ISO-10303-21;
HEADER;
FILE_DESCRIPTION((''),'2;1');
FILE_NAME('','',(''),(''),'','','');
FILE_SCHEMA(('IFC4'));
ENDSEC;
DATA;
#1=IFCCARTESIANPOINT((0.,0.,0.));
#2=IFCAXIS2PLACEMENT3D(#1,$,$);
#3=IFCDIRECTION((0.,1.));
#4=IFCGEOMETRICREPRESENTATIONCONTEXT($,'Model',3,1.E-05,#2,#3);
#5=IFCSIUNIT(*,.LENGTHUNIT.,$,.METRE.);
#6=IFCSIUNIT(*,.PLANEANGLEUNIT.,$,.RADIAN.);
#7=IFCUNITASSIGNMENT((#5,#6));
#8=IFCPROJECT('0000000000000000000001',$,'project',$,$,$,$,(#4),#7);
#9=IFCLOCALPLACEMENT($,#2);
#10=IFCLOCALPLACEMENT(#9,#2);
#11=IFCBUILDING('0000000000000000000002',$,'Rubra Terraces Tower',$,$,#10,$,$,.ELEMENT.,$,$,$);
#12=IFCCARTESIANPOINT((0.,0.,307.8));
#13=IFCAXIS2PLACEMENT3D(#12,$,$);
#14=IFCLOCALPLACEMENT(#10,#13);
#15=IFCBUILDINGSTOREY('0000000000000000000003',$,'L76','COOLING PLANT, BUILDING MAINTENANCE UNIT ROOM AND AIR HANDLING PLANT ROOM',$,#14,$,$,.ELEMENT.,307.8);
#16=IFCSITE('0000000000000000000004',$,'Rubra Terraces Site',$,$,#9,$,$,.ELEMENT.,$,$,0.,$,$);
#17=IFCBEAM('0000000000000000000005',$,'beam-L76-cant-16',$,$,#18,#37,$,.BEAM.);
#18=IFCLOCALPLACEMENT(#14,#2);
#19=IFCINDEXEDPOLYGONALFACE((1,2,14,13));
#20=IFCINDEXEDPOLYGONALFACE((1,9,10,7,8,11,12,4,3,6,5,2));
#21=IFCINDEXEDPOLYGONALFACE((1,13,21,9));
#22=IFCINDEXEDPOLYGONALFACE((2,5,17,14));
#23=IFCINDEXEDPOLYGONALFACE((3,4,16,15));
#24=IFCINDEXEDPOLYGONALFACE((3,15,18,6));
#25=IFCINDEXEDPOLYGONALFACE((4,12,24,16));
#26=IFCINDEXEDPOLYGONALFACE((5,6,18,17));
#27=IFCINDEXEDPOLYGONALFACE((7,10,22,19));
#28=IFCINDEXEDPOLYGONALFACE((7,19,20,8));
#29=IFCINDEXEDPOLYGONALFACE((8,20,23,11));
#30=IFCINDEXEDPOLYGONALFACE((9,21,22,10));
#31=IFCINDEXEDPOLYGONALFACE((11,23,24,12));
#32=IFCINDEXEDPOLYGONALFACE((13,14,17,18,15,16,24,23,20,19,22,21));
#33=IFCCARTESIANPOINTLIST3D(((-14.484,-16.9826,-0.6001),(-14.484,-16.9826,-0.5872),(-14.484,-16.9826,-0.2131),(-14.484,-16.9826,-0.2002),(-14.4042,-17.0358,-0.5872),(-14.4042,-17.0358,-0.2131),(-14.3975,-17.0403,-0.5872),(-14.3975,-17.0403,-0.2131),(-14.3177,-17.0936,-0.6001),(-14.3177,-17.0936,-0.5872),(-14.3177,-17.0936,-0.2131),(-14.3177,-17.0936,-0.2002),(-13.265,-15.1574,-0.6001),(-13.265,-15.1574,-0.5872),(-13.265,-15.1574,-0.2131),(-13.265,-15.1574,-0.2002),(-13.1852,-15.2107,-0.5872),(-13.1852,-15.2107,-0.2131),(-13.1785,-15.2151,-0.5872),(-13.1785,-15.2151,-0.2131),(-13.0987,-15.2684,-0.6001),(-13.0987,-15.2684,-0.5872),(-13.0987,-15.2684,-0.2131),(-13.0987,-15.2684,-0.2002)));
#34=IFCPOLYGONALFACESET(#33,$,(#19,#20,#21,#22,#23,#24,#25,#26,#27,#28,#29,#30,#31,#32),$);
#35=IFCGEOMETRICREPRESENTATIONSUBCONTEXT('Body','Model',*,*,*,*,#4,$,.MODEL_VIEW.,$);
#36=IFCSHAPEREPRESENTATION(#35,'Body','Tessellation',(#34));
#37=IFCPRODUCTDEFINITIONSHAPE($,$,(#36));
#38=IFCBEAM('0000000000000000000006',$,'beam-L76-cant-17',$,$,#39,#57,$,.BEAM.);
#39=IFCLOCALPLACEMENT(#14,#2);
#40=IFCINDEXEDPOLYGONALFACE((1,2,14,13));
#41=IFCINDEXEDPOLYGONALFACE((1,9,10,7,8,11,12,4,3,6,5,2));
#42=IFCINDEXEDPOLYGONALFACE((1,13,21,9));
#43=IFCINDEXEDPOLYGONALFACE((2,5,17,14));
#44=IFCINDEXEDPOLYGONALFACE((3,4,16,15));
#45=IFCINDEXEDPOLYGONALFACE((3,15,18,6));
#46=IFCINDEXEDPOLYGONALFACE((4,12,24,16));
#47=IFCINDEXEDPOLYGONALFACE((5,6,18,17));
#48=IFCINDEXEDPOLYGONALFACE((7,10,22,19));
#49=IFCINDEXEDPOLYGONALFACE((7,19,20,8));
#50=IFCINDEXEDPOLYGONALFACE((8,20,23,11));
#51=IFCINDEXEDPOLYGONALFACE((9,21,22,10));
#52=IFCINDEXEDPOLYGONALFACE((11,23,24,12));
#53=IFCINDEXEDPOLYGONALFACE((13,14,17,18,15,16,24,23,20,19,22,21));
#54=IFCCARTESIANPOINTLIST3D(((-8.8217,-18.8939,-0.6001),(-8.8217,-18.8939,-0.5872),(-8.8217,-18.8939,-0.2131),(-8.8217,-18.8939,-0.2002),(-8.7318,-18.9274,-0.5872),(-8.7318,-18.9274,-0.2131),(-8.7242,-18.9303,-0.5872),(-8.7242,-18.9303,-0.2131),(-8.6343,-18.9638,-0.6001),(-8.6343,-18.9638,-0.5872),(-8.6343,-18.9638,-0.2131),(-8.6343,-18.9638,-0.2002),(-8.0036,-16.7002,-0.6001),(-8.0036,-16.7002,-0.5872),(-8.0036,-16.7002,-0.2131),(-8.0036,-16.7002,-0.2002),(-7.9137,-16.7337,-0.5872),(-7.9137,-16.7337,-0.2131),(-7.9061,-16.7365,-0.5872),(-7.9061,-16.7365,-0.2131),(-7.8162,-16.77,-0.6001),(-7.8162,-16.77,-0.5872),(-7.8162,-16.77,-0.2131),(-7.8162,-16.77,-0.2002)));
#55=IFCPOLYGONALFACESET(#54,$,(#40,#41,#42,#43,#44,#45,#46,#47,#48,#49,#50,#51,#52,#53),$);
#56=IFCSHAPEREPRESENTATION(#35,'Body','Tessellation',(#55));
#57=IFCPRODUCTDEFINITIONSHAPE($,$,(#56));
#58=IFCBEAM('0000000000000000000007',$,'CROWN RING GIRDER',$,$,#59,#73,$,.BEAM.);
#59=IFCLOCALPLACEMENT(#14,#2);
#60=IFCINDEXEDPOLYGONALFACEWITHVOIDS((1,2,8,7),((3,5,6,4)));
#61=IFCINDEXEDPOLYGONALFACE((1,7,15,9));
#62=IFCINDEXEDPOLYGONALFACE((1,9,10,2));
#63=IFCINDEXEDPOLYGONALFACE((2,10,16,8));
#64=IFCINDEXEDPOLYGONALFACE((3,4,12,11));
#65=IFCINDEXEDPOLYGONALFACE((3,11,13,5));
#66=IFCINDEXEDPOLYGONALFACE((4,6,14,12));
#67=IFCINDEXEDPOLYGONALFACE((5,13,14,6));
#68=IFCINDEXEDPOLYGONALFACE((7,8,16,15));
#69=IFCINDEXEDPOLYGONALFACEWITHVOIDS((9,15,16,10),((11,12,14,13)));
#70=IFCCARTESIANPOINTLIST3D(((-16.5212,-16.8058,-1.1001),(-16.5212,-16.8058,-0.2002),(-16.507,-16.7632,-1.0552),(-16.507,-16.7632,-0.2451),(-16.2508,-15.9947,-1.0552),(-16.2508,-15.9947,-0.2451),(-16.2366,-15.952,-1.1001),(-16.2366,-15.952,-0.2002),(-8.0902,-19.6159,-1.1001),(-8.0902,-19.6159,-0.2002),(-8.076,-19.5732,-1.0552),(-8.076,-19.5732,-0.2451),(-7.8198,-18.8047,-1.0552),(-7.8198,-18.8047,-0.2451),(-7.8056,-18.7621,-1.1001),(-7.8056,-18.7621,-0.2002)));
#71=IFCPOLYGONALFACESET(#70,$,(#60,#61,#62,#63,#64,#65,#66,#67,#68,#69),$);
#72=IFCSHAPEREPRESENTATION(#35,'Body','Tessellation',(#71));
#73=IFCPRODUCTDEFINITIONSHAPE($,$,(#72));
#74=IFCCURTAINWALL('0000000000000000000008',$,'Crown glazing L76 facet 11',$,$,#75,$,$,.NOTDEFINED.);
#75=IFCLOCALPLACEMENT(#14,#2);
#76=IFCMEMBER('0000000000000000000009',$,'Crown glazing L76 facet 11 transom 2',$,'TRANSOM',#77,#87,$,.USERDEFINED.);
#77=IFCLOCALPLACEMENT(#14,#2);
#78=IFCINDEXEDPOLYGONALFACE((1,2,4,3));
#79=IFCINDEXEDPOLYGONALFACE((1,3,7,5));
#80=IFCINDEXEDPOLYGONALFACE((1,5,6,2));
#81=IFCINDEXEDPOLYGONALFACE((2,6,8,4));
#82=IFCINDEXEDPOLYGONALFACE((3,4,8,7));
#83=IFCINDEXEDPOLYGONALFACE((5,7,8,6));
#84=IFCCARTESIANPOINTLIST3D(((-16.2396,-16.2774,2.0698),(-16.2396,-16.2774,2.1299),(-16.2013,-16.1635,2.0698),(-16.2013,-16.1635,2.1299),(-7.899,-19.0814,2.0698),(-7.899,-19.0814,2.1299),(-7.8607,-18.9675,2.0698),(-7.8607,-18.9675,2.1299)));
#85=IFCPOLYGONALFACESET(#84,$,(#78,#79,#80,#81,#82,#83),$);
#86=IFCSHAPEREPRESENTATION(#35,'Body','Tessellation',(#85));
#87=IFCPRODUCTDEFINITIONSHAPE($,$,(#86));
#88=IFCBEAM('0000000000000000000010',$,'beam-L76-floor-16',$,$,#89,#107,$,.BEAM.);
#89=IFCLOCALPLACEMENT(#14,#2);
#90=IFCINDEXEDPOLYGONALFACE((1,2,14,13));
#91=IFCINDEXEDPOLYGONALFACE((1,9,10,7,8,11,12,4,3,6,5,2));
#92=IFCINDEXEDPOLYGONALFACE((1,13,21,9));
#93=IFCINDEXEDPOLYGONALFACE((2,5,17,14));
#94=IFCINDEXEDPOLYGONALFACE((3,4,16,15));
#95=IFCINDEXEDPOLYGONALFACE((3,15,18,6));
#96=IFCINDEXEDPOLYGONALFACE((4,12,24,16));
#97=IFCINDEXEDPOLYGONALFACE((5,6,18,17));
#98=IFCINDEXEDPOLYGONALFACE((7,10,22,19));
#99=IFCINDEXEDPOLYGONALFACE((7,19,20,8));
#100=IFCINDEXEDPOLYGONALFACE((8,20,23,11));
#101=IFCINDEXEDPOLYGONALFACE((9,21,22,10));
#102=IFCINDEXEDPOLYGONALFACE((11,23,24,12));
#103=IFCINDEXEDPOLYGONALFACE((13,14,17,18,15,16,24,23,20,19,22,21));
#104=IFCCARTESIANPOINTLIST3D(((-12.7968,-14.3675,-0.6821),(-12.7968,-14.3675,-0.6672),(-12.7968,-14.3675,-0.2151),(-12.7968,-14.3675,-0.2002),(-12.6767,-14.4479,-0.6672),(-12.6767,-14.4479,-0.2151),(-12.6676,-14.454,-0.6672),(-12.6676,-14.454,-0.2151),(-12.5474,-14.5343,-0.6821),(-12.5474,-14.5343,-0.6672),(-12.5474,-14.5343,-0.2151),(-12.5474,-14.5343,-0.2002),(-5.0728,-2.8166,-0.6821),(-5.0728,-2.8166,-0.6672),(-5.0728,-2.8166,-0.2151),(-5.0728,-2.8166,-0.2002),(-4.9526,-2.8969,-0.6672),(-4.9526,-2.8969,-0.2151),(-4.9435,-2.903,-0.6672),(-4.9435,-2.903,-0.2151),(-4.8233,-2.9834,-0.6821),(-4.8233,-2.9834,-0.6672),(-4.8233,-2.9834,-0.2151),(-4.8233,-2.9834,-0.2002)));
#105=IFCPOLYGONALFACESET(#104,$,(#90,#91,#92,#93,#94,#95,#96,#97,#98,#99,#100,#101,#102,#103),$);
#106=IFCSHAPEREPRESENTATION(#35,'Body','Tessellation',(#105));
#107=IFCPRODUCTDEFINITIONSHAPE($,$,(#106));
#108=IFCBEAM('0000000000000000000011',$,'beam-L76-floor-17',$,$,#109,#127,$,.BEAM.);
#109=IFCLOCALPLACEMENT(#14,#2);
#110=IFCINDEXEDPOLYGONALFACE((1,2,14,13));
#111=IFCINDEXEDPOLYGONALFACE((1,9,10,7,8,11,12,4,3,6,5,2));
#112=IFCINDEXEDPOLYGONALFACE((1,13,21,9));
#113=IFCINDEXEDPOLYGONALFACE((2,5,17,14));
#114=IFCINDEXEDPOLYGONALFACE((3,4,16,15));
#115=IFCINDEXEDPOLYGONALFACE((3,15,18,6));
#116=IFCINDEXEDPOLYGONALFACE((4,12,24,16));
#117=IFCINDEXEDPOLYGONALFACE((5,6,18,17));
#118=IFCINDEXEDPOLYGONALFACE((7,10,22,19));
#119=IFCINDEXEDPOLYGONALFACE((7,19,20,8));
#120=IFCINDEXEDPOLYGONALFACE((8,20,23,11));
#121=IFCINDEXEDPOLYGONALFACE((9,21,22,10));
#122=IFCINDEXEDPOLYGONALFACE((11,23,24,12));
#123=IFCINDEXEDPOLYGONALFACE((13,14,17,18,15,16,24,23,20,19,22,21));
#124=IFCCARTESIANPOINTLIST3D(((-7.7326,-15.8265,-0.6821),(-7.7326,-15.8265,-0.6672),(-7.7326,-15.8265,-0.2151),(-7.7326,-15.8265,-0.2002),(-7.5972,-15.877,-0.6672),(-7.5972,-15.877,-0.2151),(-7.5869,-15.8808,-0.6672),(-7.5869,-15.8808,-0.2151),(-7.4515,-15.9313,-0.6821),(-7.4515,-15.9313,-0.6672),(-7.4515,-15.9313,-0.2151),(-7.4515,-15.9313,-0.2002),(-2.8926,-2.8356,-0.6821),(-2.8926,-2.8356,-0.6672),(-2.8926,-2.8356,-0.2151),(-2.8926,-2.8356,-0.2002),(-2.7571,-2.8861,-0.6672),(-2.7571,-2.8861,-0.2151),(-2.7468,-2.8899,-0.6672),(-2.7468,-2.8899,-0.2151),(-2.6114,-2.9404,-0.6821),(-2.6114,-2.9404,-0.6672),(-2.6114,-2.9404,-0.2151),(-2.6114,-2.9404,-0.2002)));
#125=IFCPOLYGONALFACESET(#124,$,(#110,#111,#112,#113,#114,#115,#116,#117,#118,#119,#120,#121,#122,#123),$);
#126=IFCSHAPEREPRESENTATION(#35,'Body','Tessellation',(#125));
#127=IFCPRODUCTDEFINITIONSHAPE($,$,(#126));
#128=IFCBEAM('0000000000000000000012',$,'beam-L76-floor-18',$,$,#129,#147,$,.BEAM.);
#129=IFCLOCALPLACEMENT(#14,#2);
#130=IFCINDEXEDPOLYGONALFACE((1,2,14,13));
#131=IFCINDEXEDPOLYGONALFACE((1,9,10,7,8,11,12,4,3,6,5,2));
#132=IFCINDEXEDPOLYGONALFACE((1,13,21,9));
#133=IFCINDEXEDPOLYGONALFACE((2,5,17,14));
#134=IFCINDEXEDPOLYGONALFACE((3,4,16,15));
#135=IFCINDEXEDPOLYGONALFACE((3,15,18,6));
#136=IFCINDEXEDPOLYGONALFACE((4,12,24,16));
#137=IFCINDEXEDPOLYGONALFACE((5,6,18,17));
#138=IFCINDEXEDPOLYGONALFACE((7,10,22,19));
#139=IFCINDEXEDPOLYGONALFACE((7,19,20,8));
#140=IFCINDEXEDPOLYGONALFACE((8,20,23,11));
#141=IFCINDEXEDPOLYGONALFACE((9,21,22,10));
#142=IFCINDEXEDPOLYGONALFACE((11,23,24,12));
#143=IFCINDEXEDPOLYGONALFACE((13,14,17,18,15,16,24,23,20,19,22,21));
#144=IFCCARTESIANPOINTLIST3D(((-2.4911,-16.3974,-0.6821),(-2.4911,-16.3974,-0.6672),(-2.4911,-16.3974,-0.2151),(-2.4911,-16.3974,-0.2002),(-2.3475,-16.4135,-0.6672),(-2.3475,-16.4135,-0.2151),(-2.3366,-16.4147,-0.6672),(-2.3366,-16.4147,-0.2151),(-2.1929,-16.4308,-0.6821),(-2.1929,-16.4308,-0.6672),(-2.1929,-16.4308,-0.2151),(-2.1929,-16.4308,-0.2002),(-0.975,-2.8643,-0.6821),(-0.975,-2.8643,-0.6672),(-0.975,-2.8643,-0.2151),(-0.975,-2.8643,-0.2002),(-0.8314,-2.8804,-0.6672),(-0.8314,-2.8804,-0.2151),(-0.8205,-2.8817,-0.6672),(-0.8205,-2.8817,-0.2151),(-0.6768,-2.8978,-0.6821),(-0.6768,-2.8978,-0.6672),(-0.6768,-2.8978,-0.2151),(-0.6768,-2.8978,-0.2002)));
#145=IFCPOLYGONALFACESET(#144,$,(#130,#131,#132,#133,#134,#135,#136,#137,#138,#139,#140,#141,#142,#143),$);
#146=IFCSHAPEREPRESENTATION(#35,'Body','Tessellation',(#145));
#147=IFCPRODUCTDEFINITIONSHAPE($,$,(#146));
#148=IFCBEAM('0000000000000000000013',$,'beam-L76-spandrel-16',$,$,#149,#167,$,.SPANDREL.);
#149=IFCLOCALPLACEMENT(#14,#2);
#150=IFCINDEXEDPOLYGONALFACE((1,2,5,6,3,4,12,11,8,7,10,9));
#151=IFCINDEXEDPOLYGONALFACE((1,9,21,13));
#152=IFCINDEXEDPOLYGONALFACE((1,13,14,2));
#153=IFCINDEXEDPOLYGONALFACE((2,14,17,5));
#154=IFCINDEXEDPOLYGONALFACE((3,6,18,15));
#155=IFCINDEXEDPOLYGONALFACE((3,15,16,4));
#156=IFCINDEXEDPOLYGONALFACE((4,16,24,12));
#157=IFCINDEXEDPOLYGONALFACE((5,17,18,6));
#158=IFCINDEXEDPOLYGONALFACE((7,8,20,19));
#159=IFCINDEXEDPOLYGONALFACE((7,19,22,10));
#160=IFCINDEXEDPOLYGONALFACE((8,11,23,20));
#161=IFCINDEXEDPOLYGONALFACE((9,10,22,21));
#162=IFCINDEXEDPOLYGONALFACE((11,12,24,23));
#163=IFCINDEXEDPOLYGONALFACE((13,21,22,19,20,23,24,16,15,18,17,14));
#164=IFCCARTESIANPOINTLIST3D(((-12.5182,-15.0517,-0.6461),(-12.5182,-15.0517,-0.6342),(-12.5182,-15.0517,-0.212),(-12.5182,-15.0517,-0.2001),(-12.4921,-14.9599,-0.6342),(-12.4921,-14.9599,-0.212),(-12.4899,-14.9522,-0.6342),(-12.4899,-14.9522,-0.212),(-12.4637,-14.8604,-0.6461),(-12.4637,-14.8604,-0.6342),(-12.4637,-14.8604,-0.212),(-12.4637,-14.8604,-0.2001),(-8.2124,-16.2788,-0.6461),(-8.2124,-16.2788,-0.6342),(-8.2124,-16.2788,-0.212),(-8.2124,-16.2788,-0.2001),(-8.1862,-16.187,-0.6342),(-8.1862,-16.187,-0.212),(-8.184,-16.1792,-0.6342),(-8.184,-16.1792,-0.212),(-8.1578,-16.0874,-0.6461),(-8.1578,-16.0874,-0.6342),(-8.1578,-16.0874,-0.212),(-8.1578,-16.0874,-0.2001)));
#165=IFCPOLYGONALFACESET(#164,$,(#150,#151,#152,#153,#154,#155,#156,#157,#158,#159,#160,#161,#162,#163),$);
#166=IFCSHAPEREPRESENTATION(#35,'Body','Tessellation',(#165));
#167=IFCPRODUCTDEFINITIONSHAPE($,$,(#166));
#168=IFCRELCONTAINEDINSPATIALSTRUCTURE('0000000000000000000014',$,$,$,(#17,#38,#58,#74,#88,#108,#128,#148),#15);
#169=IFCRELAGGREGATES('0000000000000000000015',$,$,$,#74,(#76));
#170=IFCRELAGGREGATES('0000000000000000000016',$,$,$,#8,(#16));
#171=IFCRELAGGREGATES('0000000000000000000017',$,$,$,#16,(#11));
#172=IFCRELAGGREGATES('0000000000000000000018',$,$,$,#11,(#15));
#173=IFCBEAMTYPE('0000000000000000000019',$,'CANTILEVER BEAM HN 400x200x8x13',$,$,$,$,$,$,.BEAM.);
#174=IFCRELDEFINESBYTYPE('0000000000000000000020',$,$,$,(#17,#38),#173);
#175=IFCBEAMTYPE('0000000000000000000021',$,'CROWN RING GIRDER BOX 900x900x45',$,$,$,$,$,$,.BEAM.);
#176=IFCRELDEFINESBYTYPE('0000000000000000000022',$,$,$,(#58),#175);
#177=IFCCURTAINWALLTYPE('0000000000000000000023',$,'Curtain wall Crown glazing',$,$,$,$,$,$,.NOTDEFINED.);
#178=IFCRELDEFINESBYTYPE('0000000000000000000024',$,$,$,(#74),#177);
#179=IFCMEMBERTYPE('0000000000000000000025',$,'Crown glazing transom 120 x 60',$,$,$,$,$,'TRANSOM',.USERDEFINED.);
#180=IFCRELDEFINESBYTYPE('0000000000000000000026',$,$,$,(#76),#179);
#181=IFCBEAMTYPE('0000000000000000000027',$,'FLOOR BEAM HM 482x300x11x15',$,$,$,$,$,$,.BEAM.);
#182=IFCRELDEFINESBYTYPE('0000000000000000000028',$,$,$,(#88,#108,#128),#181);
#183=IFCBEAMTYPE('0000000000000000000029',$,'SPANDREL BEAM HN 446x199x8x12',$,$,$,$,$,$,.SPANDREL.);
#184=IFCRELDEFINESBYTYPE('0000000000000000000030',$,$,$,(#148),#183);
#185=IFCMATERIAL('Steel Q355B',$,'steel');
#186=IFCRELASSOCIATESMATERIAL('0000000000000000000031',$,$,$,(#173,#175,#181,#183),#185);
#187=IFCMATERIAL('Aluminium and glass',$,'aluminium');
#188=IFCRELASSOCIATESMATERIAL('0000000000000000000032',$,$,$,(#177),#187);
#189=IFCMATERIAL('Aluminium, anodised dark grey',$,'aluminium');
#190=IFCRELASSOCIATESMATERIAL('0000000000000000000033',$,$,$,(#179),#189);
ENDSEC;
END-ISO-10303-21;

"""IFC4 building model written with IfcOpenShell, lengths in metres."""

from ifc_helpers import new_model, si_unit, direction, frame, origin, origin_2d, place, context, subcontext, project, spatial, rectangle, hollow_rectangle, i_section, extrude, material, material_profile, profile_set, type_object, element, aggregate, save


model = new_model("IFC4")

# Units and contexts
model_context = context("Model", 3, precision=1e-05, world=origin(), true_north=direction((0.0, 1.0)))
body_context = subcontext(model_context, "Body", "Model", "MODEL_VIEW")
ifc_project = project(units=[si_unit("LENGTHUNIT", "METRE"), si_unit("PLANEANGLEUNIT", "RADIAN")], contexts=[model_context])

# Site, building, storey
site_placement = place(None, origin())
site = spatial("IfcSite", under=ifc_project, at=site_placement, Name="Rubra Terraces Site", CompositionType="ELEMENT", RefElevation=0.0)
building_placement = place(site_placement, origin())
building = spatial("IfcBuilding", under=site, at=building_placement, Name="Rubra Terraces Tower", CompositionType="ELEMENT")
storey_placement = place(building_placement, frame((0.0, 0.0, 307.8)))
storey = spatial("IfcBuildingStorey", under=building, at=storey_placement, Name="L76", Description="COOLING PLANT, BUILDING MAINTENANCE UNIT ROOM AND AIR HANDLING PLANT ROOM", CompositionType="ELEMENT", Elevation=307.8)

# Beams
ifc_material_1 = material(Name="Steel Q355B", Category="steel")
ifc_material_profile_1 = material_profile(ifc_material_1, i_section(OverallWidth=0.2, OverallDepth=0.3999, WebThickness=0.0081, FlangeThickness=0.0129, at=origin_2d()), Name="HN 400x200x8x13")
ifc_profile_set_1 = profile_set([ifc_material_profile_1], Name="Steel Q355B")
beam_type_1 = type_object("IfcBeamType", Name="CANTILEVER BEAM HN 400x200x8x13", PredefinedType="BEAM", material=ifc_profile_set_1)
beam_1_placement = place(storey_placement, frame((-13.1819, -15.2129, -0.4001), z_axis=(-0.555393, -0.831588, 0.0), x_axis=(0.831588, -0.555393, 0.0)))
element("IfcBeam", 1, at=beam_1_placement, inside=storey, type_object=beam_type_1, Name="beam-L76-cant-16", PredefinedType="BEAM", context=body_context, shape_type="SweptSolid", body=[
    extrude(i_section(OverallWidth=0.2, OverallDepth=0.3999, WebThickness=0.0081, FlangeThickness=0.0129, at=origin_2d()), origin(), (0.0, 0.0, 1.0), 2.1948),
])
beam_2_placement = place(storey_placement, frame((-7.9099, -16.7351, -0.4001), z_axis=(-0.349409, -0.93697, 0.0), x_axis=(0.93697, -0.349409, 0.0)))
element("IfcBeam", 2, at=beam_2_placement, inside=storey, type_object=beam_type_1, Name="beam-L76-cant-17", PredefinedType="BEAM", context=body_context, shape_type="SweptSolid", body=[
    extrude(i_section(OverallWidth=0.2, OverallDepth=0.3999, WebThickness=0.0081, FlangeThickness=0.0129, at=origin_2d()), origin(), (0.0, 0.0, 1.0), 2.3413),
])
ifc_material_profile_2 = material_profile(ifc_material_1, hollow_rectangle(XDim=0.8999, YDim=0.8999, WallThickness=0.0449, at=origin_2d()), Name="BOX 900x900x45")
ifc_profile_set_2 = profile_set([ifc_material_profile_2], Name="Steel Q355B")
beam_type_2 = type_object("IfcBeamType", Name="CROWN RING GIRDER BOX 900x900x45", PredefinedType="BEAM", material=ifc_profile_set_2)
beam_3_placement = place(storey_placement, frame((-16.3789, -16.3789, -0.6501), z_axis=(0.948692, -0.316203, 0.0), x_axis=(0.316203, 0.948692, 0.0)))
element("IfcBeam", 3, at=beam_3_placement, inside=storey, type_object=beam_type_2, Name="CROWN RING GIRDER", PredefinedType="BEAM", context=body_context, shape_type="SweptSolid", body=[
    extrude(hollow_rectangle(XDim=0.8999, YDim=0.8999, WallThickness=0.0449, at=origin_2d()), origin(), (0.0, 0.0, 1.0), 8.887),
])

# Curtain wall, member
ifc_material_2 = material(Name="Aluminium and glass", Category="aluminium")
curtain_wall_type = type_object("IfcCurtainWallType", Name="Curtain wall Crown glazing", PredefinedType="NOTDEFINED", material=ifc_material_2)
curtain_wall_placement = place(storey_placement, origin())
curtain_wall = element("IfcCurtainWall", 4, at=curtain_wall_placement, inside=storey, type_object=curtain_wall_type, Name="Crown glazing L76 facet 11", PredefinedType="NOTDEFINED")
ifc_material_3 = material(Name="Aluminium, anodised dark grey", Category="aluminium")
ifc_material_profile_3 = material_profile(ifc_material_3, rectangle(XDim=0.1201, YDim=0.0601, at=origin_2d()), Name="AL 120x60")
ifc_profile_set_3 = profile_set([ifc_material_profile_3], Name="Aluminium, anodised dark grey")
member_type = type_object("IfcMemberType", Name="Crown glazing transom 120 x 60", ElementType="TRANSOM", PredefinedType="USERDEFINED", material=ifc_profile_set_3)
member_placement = place(storey_placement, frame((-16.2205, -16.2205, 2.0999), z_axis=(0.94787, -0.318657, 0.0), x_axis=(0.318657, 0.94787, 0.0)))
member = element("IfcMember", 5, at=member_placement, type_object=member_type, Name="Crown glazing L76 facet 11 transom 2", ObjectType="TRANSOM", PredefinedType="USERDEFINED", context=body_context, shape_type="SweptSolid", body=[
    extrude(rectangle(XDim=0.1201, YDim=0.0601, at=origin_2d()), origin(), (0.0, 0.0, 1.0), 8.7993),
])

# Beams
ifc_material_profile_4 = material_profile(ifc_material_1, i_section(OverallWidth=0.3, OverallDepth=0.4819, WebThickness=0.011, FlangeThickness=0.0149, at=origin_2d()), Name="HM 482x300x11x15")
ifc_profile_set_4 = profile_set([ifc_material_profile_4], Name="Steel Q355B")
beam_type_3 = type_object("IfcBeamType", Name="FLOOR BEAM HM 482x300x11x15", PredefinedType="BEAM", material=ifc_profile_set_4)
beam_4_placement = place(storey_placement, frame((-12.6721, -14.4509, -0.4412), z_axis=(0.555867, 0.831271, 0.0), x_axis=(-0.831271, 0.555867, 0.0)))
element("IfcBeam", 6, at=beam_4_placement, inside=storey, type_object=beam_type_3, Name="beam-L76-floor-16", PredefinedType="BEAM", context=body_context, shape_type="SweptSolid", body=[
    extrude(i_section(OverallWidth=0.3, OverallDepth=0.4819, WebThickness=0.011, FlangeThickness=0.0149, at=origin_2d()), origin(), (0.0, 0.0, 1.0), 13.8955),
])
beam_5_placement = place(storey_placement, frame((-7.592, -15.8789, -0.4412), z_axis=(0.349129, 0.937075, 0.0), x_axis=(-0.937075, 0.349129, 0.0)))
element("IfcBeam", 7, at=beam_5_placement, inside=storey, type_object=beam_type_3, Name="beam-L76-floor-17", PredefinedType="BEAM", context=body_context, shape_type="SweptSolid", body=[
    extrude(i_section(OverallWidth=0.3, OverallDepth=0.4819, WebThickness=0.011, FlangeThickness=0.0149, at=origin_2d()), origin(), (0.0, 0.0, 1.0), 13.8633),
])
beam_6_placement = place(storey_placement, frame((-2.342, -16.4141, -0.4412), z_axis=(0.111335, 0.993783, 0.0), x_axis=(-0.993783, 0.111335, 0.0)))
element("IfcBeam", 8, at=beam_6_placement, inside=storey, type_object=beam_type_3, Name="beam-L76-floor-18", PredefinedType="BEAM", context=body_context, shape_type="SweptSolid", body=[
    extrude(i_section(OverallWidth=0.3, OverallDepth=0.4819, WebThickness=0.011, FlangeThickness=0.0149, at=origin_2d()), origin(), (0.0, 0.0, 1.0), 13.6177),
])
ifc_material_profile_5 = material_profile(ifc_material_1, i_section(OverallWidth=0.199, OverallDepth=0.446, WebThickness=0.0081, FlangeThickness=0.012, at=origin_2d()), Name="HN 446x199x8x12")
ifc_profile_set_5 = profile_set([ifc_material_profile_5], Name="Steel Q355B")
beam_type_4 = type_object("IfcBeamType", Name="SPANDREL BEAM HN 446x199x8x12", PredefinedType="SPANDREL", material=ifc_profile_set_5)
beam_7_placement = place(storey_placement, frame((-12.491, -14.9561, -0.4231), z_axis=(0.961713, -0.274058, 0.0), x_axis=(0.274058, 0.961713, 0.0)))
element("IfcBeam", 9, at=beam_7_placement, inside=storey, type_object=beam_type_4, Name="beam-L76-spandrel-16", PredefinedType="SPANDREL", context=body_context, shape_type="SweptSolid", body=[
    extrude(i_section(OverallWidth=0.199, OverallDepth=0.446, WebThickness=0.0081, FlangeThickness=0.012, at=origin_2d()), origin(), (0.0, 0.0, 1.0), 4.4773),
])

aggregate(curtain_wall, [member])

save(model, "model.ifc")
